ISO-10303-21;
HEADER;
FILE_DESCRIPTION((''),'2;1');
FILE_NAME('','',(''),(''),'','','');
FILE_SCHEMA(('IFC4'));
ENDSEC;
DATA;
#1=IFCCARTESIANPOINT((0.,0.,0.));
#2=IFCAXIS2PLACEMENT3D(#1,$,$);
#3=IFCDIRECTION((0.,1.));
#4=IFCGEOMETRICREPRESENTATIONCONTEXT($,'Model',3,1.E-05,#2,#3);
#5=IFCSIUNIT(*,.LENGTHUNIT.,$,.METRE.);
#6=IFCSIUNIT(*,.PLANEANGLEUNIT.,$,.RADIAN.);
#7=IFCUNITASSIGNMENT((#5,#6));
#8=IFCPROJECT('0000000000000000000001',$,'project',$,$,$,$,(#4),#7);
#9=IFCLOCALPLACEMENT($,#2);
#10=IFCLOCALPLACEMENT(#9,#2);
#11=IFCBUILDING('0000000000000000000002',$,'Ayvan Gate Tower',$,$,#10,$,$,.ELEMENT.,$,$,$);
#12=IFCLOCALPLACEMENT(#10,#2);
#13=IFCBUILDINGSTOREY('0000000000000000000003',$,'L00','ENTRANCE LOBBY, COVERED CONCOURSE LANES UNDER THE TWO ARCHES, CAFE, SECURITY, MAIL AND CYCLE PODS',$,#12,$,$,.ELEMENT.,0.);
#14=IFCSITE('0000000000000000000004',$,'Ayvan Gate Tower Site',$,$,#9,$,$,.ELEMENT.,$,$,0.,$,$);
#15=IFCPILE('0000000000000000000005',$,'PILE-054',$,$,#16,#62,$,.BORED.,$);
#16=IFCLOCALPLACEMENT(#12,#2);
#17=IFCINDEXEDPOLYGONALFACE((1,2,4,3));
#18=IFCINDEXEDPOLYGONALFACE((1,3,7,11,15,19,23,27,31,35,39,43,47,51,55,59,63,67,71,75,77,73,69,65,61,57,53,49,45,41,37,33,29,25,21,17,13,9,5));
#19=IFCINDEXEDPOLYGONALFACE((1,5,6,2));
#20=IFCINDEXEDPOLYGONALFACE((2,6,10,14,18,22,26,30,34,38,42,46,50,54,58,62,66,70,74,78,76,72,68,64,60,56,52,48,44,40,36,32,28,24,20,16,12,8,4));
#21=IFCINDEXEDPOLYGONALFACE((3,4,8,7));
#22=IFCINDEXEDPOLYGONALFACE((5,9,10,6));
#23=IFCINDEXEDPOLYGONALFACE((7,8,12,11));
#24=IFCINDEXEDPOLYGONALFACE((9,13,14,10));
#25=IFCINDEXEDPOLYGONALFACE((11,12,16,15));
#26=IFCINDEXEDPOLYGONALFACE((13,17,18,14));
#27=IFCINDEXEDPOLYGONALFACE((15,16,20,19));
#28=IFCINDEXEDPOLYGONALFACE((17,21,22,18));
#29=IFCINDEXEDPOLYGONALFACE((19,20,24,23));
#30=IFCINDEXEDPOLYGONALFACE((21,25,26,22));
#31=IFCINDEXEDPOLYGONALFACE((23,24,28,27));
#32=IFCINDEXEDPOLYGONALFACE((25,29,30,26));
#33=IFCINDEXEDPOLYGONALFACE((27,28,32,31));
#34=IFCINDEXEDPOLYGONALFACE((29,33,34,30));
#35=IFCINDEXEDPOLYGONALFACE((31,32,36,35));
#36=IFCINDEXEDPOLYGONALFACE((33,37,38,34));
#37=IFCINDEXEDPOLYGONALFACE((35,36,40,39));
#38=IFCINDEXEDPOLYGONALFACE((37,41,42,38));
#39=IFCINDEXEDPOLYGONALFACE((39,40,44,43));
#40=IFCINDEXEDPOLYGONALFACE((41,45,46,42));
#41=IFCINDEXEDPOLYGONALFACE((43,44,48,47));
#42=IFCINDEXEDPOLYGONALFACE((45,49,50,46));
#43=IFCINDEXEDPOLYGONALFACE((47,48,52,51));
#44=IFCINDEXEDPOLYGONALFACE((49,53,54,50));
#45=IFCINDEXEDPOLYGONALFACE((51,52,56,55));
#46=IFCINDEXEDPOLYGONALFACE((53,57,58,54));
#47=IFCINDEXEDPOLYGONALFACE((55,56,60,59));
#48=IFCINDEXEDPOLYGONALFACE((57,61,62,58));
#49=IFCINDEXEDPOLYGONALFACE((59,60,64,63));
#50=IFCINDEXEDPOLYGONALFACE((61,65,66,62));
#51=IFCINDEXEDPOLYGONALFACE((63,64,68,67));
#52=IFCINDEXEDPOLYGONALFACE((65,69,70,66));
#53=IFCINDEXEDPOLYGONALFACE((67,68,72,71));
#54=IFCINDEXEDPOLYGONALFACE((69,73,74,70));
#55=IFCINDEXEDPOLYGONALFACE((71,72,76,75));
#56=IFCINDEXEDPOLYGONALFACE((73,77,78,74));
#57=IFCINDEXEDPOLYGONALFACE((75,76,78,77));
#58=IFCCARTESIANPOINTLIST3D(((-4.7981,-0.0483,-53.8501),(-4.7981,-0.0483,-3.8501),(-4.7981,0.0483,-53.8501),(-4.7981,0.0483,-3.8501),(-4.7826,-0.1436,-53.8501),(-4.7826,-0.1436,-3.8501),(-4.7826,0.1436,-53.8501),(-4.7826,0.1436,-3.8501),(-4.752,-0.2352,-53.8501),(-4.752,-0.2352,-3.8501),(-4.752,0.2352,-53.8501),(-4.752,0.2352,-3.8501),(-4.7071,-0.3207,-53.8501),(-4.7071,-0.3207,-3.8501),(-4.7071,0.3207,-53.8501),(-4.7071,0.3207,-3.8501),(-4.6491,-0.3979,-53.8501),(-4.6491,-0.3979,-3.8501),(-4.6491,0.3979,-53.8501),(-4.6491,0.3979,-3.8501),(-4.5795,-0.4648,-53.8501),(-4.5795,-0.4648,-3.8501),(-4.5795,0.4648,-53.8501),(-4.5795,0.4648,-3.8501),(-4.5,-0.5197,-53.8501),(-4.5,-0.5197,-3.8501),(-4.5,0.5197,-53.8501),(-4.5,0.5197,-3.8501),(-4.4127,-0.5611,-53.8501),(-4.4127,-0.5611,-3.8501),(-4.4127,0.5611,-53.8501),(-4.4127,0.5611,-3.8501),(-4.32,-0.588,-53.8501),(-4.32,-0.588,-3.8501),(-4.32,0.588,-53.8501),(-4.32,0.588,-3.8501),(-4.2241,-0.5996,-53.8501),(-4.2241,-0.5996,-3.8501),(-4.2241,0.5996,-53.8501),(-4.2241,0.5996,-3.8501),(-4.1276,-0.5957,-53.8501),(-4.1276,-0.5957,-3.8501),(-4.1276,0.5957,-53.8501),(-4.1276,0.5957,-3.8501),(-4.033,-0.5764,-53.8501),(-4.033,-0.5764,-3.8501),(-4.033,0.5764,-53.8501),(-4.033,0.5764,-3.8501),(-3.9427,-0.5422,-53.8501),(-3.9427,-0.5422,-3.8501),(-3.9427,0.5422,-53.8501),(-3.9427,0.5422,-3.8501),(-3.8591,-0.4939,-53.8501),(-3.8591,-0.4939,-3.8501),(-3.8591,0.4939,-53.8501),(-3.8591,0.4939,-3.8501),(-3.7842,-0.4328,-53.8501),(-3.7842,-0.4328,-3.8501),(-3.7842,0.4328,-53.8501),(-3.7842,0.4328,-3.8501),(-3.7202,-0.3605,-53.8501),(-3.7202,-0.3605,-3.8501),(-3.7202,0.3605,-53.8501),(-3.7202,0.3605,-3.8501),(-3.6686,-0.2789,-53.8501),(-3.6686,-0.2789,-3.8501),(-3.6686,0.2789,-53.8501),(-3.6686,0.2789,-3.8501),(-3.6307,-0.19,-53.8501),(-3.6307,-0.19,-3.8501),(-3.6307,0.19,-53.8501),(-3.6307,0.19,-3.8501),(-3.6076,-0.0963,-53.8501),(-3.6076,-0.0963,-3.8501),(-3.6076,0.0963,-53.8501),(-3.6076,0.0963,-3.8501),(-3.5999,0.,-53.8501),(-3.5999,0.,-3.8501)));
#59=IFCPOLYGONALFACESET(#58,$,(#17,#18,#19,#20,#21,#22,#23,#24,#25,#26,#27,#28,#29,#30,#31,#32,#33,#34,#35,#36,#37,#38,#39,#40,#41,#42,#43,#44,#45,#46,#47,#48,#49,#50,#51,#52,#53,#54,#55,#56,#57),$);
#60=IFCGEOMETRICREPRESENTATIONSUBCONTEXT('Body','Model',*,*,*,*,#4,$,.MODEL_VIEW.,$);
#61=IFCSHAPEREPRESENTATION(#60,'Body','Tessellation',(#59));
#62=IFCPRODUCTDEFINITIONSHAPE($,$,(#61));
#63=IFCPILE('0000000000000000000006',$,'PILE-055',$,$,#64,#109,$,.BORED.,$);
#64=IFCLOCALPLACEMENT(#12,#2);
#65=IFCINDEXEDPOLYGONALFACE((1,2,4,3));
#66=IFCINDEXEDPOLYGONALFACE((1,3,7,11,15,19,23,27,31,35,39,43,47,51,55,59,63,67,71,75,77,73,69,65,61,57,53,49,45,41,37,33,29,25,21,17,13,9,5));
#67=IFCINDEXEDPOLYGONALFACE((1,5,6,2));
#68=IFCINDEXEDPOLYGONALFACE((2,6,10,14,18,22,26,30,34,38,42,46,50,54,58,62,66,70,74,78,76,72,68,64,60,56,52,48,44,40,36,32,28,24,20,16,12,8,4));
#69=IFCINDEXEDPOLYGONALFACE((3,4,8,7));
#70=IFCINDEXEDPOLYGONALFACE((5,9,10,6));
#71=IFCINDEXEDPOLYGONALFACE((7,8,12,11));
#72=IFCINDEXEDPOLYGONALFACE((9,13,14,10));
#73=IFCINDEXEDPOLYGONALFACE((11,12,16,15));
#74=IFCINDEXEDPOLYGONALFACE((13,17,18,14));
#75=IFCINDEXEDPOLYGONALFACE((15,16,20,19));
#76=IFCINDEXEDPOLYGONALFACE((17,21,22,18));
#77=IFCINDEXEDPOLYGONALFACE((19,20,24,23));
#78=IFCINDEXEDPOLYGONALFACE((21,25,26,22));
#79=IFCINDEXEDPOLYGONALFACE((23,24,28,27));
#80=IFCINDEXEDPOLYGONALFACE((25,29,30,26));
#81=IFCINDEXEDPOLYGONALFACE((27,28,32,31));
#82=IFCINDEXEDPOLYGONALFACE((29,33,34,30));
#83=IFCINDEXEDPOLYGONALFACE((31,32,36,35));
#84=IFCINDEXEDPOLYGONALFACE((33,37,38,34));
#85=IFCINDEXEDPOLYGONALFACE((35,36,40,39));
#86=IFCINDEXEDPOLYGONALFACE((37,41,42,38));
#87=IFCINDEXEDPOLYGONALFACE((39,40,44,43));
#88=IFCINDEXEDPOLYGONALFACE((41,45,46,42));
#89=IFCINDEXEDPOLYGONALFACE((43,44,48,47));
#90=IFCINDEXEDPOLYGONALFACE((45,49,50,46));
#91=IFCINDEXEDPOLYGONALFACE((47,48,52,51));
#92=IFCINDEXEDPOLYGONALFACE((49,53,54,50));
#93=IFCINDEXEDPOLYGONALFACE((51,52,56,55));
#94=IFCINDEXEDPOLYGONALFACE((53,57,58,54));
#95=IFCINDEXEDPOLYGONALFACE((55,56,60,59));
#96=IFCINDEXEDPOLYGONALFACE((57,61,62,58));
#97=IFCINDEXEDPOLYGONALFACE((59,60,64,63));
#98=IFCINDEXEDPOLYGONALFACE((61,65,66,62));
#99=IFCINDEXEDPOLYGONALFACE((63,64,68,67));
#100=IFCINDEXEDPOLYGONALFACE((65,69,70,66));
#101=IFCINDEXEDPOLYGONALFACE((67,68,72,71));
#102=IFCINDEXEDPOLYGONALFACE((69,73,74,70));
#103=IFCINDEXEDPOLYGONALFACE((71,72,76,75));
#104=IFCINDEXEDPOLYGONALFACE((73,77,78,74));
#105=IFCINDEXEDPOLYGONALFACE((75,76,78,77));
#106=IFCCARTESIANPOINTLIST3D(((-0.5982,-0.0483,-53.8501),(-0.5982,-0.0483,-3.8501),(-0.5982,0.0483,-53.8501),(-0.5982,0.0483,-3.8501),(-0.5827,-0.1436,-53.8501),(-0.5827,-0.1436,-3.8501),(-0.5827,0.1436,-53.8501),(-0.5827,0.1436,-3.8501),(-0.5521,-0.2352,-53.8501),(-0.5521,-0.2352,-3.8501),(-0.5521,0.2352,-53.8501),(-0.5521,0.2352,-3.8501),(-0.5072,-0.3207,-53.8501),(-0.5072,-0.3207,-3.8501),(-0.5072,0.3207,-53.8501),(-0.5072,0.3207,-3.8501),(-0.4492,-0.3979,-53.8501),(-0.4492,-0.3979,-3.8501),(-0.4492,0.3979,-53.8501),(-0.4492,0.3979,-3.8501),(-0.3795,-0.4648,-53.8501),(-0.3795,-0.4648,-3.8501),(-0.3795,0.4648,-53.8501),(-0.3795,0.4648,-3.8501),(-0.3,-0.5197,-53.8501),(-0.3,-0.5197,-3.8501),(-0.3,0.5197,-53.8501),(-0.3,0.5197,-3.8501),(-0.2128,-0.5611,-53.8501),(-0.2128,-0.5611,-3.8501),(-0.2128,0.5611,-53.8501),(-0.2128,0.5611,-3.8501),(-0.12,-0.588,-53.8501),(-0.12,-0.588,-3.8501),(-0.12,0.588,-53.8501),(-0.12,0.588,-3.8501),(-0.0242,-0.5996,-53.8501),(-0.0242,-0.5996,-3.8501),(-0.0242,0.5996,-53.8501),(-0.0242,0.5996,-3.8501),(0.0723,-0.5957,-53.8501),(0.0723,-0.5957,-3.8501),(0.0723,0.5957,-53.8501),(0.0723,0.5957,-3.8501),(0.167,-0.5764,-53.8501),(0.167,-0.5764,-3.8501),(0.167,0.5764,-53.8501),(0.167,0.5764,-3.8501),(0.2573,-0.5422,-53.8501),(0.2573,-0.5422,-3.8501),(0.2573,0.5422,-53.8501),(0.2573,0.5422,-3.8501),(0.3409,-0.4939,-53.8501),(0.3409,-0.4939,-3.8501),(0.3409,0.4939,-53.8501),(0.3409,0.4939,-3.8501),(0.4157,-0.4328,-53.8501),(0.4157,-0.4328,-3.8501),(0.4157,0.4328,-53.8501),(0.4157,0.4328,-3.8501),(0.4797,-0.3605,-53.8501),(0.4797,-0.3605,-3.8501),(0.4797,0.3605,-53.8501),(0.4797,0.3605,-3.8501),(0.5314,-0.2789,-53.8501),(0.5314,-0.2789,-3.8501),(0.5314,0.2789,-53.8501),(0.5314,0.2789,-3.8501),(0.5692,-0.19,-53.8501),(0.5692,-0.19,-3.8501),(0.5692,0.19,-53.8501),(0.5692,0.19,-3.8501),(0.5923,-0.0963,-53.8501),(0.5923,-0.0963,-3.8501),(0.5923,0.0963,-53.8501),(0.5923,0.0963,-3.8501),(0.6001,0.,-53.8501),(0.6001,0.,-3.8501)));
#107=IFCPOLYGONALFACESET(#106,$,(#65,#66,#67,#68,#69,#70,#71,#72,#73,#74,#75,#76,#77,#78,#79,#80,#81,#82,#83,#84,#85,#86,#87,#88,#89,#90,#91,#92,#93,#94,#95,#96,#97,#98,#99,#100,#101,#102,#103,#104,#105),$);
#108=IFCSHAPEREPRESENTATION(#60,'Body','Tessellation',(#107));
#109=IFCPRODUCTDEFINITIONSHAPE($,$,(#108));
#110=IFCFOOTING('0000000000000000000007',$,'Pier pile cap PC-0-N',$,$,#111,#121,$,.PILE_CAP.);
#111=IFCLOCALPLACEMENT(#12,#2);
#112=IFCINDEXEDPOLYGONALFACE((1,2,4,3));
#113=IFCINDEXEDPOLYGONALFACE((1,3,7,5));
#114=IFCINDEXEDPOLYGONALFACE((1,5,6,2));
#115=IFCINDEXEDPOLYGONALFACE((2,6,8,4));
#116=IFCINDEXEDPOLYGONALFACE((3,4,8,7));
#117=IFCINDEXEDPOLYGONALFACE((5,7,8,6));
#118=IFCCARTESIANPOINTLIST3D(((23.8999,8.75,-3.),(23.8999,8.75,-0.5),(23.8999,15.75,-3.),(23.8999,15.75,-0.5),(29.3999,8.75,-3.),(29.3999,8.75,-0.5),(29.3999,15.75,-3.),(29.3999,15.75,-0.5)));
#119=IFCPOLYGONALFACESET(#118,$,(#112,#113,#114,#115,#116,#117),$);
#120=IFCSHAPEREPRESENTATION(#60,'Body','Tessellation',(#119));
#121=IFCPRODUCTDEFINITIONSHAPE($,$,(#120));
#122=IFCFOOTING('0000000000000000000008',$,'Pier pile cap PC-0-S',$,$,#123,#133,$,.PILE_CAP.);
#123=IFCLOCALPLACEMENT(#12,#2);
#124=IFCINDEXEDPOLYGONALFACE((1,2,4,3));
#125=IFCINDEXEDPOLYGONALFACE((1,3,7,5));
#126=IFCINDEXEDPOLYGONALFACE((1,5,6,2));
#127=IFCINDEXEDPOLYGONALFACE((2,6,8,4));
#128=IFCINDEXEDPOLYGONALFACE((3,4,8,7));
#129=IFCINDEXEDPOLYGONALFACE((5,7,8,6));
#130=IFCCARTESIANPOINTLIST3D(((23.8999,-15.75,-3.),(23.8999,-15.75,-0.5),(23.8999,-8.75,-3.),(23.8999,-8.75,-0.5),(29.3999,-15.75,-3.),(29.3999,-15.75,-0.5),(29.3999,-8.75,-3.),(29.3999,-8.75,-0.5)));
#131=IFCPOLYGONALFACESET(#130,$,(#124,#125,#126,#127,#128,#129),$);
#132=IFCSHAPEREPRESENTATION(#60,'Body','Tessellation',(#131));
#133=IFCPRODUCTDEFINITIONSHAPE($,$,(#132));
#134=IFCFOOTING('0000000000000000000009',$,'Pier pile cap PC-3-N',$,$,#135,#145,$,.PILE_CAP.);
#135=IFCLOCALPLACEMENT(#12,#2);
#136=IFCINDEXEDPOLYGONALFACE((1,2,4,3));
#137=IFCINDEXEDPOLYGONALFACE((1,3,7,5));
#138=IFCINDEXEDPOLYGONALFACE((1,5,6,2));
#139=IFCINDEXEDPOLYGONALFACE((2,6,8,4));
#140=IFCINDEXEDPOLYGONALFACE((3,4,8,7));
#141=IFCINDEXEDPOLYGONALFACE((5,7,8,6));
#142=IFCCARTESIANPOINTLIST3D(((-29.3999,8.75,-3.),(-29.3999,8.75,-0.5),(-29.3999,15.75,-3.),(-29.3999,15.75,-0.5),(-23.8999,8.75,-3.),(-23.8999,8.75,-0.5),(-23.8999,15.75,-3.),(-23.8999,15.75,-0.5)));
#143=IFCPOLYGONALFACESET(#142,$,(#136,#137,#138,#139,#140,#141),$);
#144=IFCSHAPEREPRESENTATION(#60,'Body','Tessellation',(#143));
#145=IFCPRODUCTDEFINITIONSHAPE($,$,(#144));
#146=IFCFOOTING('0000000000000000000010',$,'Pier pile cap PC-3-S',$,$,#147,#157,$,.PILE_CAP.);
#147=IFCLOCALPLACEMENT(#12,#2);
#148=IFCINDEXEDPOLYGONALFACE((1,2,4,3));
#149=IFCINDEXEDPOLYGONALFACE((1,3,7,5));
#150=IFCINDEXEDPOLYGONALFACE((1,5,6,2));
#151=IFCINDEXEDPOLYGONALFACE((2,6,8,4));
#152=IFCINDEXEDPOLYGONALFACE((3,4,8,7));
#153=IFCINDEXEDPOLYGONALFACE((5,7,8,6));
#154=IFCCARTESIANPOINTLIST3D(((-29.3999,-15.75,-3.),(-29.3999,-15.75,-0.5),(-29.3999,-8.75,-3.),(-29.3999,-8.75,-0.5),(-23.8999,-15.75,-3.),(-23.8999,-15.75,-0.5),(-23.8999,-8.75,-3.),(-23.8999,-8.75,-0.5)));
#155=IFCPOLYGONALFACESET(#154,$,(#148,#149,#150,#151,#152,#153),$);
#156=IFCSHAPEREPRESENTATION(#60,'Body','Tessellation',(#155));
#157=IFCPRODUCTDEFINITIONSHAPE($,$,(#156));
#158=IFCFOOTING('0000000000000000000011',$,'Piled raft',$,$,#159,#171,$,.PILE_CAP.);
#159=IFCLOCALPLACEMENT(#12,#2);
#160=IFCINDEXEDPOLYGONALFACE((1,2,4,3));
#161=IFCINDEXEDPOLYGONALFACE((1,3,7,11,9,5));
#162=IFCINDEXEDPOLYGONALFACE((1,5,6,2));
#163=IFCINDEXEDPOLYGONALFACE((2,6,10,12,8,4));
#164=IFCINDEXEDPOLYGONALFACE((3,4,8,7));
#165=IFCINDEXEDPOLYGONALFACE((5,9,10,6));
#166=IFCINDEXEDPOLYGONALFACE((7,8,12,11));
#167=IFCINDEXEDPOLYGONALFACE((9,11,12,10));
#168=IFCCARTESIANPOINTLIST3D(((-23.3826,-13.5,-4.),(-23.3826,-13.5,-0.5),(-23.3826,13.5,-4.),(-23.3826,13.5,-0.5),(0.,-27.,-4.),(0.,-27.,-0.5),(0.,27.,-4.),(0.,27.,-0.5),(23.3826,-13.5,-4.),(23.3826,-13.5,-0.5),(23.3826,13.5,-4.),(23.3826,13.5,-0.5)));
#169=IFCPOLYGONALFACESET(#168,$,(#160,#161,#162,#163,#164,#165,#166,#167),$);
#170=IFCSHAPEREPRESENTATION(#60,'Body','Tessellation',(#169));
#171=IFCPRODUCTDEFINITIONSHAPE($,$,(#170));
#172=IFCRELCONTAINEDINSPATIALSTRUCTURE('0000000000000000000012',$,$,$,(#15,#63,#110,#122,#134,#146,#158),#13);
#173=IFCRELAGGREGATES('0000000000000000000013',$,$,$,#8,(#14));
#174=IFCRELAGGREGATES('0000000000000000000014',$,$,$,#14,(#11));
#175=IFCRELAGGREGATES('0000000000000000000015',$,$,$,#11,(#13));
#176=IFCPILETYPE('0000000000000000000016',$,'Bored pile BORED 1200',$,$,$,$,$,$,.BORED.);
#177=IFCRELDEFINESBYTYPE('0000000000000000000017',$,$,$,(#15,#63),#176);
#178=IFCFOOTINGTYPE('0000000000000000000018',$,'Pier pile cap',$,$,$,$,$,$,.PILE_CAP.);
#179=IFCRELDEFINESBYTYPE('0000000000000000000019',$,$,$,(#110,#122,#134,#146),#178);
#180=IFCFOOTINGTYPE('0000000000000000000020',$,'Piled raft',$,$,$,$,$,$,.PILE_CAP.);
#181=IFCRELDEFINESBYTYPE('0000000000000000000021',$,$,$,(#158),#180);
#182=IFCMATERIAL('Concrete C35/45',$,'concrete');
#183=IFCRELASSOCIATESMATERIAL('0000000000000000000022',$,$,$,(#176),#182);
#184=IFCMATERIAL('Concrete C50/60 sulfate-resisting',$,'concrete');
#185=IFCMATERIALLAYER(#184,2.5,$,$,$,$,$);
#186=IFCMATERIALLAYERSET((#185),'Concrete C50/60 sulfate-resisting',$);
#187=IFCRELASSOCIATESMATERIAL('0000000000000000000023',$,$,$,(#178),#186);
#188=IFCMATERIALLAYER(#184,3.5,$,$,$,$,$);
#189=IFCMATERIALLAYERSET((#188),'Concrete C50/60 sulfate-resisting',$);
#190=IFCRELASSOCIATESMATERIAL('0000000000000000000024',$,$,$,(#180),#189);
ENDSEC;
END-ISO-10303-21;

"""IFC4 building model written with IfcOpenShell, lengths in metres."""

from ifc_helpers import new_model, si_unit, direction, frame, origin, origin_2d, place, context, subcontext, project, spatial, polyline, circle, outline, extrude, material, layer, layer_set, material_profile, profile_set, type_object, element, save


model = new_model("IFC4")

# Units and contexts
model_context = context("Model", 3, precision=1e-05, world=origin(), true_north=direction((0.0, 1.0)))
body_context = subcontext(model_context, "Body", "Model", "MODEL_VIEW")
ifc_project = project(units=[si_unit("LENGTHUNIT", "METRE"), si_unit("PLANEANGLEUNIT", "RADIAN")], contexts=[model_context])

# Site, building, storey
site_placement = place(None, origin())
site = spatial("IfcSite", under=ifc_project, at=site_placement, Name="Ayvan Gate Tower Site", CompositionType="ELEMENT", RefElevation=0.0)
building_placement = place(site_placement, origin())
building = spatial("IfcBuilding", under=site, at=building_placement, Name="Ayvan Gate Tower", CompositionType="ELEMENT")
storey_placement = place(building_placement, origin())
storey = spatial("IfcBuildingStorey", under=building, at=storey_placement, Name="L00", Description="ENTRANCE LOBBY, COVERED CONCOURSE LANES UNDER THE TWO ARCHES, CAFE, SECURITY, MAIL AND CYCLE PODS", CompositionType="ELEMENT", Elevation=0.0)

# Piles
ifc_material_1 = material(Name="Concrete C35/45", Category="concrete")
ifc_material_profile = material_profile(ifc_material_1, circle(Radius=0.6001, at=origin_2d()), Name="BORED 1200")
ifc_profile_set = profile_set([ifc_material_profile], Name="Concrete C35/45")
pile_type = type_object("IfcPileType", Name="Bored pile BORED 1200", PredefinedType="BORED", material=ifc_profile_set)
for number, where, z_axis, x_axis, name in (
    (1, (-4.2, 0.0, -3.8501), (0.0, 0.0, -1.0), (1.0, 0.0, 0.0), "PILE-054"),
    (2, (0.0, 0.0, -3.8501), (0.0, 0.0, -1.0), (1.0, 0.0, 0.0), "PILE-055"),
):
    element("IfcPile", number, at=place(storey_placement, frame(where, z_axis=z_axis, x_axis=x_axis)), inside=storey, type_object=pile_type, Name=name, PredefinedType="BORED", context=body_context, shape_type="SweptSolid", body=[
        extrude(circle(Radius=0.6001, at=origin_2d()), origin(), (0.0, 0.0, 1.0), 50.0),
    ])

# Footings
ifc_material_2 = material(Name="Concrete C50/60 sulfate-resisting", Category="concrete")
ifc_layer_1 = layer(ifc_material_2, 2.5)
ifc_layer_set_1 = layer_set([ifc_layer_1], Name="Concrete C50/60 sulfate-resisting")
footing_type_1 = type_object("IfcFootingType", Name="Pier pile cap", PredefinedType="PILE_CAP", material=ifc_layer_set_1)
footing_1_placement = place(storey_placement, frame((0.0, 0.0, -3.0)))
element("IfcFooting", 3, at=footing_1_placement, inside=storey, type_object=footing_type_1, Name="Pier pile cap PC-0-N", PredefinedType="PILE_CAP", context=body_context, shape_type="SweptSolid", body=[
    extrude(outline(polyline([(23.8999, 8.75), (29.3999, 8.75), (29.3999, 15.75), (23.8999, 15.75), (23.8999, 8.75)])), origin(), (0.0, 0.0, 1.0), 2.5),
])
footing_2_placement = place(storey_placement, frame((0.0, 0.0, -3.0)))
element("IfcFooting", 4, at=footing_2_placement, inside=storey, type_object=footing_type_1, Name="Pier pile cap PC-0-S", PredefinedType="PILE_CAP", context=body_context, shape_type="SweptSolid", body=[
    extrude(outline(polyline([(23.8999, -15.75), (29.3999, -15.75), (29.3999, -8.75), (23.8999, -8.75), (23.8999, -15.75)])), origin(), (0.0, 0.0, 1.0), 2.5),
])
footing_3_placement = place(storey_placement, frame((0.0, 0.0, -3.0)))
element("IfcFooting", 5, at=footing_3_placement, inside=storey, type_object=footing_type_1, Name="Pier pile cap PC-3-N", PredefinedType="PILE_CAP", context=body_context, shape_type="SweptSolid", body=[
    extrude(outline(polyline([(-29.3999, 8.75), (-23.8999, 8.75), (-23.8999, 15.75), (-29.3999, 15.75), (-29.3999, 8.75)])), origin(), (0.0, 0.0, 1.0), 2.5),
])
footing_4_placement = place(storey_placement, frame((0.0, 0.0, -3.0)))
element("IfcFooting", 6, at=footing_4_placement, inside=storey, type_object=footing_type_1, Name="Pier pile cap PC-3-S", PredefinedType="PILE_CAP", context=body_context, shape_type="SweptSolid", body=[
    extrude(outline(polyline([(-29.3999, -15.75), (-23.8999, -15.75), (-23.8999, -8.75), (-29.3999, -8.75), (-29.3999, -15.75)])), origin(), (0.0, 0.0, 1.0), 2.5),
])
ifc_layer_2 = layer(ifc_material_2, 3.5)
ifc_layer_set_2 = layer_set([ifc_layer_2], Name="Concrete C50/60 sulfate-resisting")
footing_type_2 = type_object("IfcFootingType", Name="Piled raft", PredefinedType="PILE_CAP", material=ifc_layer_set_2)
footing_5_placement = place(storey_placement, frame((0.0, 0.0, -4.0)))
element("IfcFooting", 7, at=footing_5_placement, inside=storey, type_object=footing_type_2, Name="Piled raft", PredefinedType="PILE_CAP", context=body_context, shape_type="SweptSolid", body=[
    extrude(outline(polyline([(23.3826, 13.5), (0.0, 27.0), (-23.3826, 13.5), (-23.3826, -13.5), (0.0, -27.0), (23.3826, -13.5), (23.3826, 13.5)])), origin(), (0.0, 0.0, 1.0), 3.5),
])

save(model, "model.ifc")
